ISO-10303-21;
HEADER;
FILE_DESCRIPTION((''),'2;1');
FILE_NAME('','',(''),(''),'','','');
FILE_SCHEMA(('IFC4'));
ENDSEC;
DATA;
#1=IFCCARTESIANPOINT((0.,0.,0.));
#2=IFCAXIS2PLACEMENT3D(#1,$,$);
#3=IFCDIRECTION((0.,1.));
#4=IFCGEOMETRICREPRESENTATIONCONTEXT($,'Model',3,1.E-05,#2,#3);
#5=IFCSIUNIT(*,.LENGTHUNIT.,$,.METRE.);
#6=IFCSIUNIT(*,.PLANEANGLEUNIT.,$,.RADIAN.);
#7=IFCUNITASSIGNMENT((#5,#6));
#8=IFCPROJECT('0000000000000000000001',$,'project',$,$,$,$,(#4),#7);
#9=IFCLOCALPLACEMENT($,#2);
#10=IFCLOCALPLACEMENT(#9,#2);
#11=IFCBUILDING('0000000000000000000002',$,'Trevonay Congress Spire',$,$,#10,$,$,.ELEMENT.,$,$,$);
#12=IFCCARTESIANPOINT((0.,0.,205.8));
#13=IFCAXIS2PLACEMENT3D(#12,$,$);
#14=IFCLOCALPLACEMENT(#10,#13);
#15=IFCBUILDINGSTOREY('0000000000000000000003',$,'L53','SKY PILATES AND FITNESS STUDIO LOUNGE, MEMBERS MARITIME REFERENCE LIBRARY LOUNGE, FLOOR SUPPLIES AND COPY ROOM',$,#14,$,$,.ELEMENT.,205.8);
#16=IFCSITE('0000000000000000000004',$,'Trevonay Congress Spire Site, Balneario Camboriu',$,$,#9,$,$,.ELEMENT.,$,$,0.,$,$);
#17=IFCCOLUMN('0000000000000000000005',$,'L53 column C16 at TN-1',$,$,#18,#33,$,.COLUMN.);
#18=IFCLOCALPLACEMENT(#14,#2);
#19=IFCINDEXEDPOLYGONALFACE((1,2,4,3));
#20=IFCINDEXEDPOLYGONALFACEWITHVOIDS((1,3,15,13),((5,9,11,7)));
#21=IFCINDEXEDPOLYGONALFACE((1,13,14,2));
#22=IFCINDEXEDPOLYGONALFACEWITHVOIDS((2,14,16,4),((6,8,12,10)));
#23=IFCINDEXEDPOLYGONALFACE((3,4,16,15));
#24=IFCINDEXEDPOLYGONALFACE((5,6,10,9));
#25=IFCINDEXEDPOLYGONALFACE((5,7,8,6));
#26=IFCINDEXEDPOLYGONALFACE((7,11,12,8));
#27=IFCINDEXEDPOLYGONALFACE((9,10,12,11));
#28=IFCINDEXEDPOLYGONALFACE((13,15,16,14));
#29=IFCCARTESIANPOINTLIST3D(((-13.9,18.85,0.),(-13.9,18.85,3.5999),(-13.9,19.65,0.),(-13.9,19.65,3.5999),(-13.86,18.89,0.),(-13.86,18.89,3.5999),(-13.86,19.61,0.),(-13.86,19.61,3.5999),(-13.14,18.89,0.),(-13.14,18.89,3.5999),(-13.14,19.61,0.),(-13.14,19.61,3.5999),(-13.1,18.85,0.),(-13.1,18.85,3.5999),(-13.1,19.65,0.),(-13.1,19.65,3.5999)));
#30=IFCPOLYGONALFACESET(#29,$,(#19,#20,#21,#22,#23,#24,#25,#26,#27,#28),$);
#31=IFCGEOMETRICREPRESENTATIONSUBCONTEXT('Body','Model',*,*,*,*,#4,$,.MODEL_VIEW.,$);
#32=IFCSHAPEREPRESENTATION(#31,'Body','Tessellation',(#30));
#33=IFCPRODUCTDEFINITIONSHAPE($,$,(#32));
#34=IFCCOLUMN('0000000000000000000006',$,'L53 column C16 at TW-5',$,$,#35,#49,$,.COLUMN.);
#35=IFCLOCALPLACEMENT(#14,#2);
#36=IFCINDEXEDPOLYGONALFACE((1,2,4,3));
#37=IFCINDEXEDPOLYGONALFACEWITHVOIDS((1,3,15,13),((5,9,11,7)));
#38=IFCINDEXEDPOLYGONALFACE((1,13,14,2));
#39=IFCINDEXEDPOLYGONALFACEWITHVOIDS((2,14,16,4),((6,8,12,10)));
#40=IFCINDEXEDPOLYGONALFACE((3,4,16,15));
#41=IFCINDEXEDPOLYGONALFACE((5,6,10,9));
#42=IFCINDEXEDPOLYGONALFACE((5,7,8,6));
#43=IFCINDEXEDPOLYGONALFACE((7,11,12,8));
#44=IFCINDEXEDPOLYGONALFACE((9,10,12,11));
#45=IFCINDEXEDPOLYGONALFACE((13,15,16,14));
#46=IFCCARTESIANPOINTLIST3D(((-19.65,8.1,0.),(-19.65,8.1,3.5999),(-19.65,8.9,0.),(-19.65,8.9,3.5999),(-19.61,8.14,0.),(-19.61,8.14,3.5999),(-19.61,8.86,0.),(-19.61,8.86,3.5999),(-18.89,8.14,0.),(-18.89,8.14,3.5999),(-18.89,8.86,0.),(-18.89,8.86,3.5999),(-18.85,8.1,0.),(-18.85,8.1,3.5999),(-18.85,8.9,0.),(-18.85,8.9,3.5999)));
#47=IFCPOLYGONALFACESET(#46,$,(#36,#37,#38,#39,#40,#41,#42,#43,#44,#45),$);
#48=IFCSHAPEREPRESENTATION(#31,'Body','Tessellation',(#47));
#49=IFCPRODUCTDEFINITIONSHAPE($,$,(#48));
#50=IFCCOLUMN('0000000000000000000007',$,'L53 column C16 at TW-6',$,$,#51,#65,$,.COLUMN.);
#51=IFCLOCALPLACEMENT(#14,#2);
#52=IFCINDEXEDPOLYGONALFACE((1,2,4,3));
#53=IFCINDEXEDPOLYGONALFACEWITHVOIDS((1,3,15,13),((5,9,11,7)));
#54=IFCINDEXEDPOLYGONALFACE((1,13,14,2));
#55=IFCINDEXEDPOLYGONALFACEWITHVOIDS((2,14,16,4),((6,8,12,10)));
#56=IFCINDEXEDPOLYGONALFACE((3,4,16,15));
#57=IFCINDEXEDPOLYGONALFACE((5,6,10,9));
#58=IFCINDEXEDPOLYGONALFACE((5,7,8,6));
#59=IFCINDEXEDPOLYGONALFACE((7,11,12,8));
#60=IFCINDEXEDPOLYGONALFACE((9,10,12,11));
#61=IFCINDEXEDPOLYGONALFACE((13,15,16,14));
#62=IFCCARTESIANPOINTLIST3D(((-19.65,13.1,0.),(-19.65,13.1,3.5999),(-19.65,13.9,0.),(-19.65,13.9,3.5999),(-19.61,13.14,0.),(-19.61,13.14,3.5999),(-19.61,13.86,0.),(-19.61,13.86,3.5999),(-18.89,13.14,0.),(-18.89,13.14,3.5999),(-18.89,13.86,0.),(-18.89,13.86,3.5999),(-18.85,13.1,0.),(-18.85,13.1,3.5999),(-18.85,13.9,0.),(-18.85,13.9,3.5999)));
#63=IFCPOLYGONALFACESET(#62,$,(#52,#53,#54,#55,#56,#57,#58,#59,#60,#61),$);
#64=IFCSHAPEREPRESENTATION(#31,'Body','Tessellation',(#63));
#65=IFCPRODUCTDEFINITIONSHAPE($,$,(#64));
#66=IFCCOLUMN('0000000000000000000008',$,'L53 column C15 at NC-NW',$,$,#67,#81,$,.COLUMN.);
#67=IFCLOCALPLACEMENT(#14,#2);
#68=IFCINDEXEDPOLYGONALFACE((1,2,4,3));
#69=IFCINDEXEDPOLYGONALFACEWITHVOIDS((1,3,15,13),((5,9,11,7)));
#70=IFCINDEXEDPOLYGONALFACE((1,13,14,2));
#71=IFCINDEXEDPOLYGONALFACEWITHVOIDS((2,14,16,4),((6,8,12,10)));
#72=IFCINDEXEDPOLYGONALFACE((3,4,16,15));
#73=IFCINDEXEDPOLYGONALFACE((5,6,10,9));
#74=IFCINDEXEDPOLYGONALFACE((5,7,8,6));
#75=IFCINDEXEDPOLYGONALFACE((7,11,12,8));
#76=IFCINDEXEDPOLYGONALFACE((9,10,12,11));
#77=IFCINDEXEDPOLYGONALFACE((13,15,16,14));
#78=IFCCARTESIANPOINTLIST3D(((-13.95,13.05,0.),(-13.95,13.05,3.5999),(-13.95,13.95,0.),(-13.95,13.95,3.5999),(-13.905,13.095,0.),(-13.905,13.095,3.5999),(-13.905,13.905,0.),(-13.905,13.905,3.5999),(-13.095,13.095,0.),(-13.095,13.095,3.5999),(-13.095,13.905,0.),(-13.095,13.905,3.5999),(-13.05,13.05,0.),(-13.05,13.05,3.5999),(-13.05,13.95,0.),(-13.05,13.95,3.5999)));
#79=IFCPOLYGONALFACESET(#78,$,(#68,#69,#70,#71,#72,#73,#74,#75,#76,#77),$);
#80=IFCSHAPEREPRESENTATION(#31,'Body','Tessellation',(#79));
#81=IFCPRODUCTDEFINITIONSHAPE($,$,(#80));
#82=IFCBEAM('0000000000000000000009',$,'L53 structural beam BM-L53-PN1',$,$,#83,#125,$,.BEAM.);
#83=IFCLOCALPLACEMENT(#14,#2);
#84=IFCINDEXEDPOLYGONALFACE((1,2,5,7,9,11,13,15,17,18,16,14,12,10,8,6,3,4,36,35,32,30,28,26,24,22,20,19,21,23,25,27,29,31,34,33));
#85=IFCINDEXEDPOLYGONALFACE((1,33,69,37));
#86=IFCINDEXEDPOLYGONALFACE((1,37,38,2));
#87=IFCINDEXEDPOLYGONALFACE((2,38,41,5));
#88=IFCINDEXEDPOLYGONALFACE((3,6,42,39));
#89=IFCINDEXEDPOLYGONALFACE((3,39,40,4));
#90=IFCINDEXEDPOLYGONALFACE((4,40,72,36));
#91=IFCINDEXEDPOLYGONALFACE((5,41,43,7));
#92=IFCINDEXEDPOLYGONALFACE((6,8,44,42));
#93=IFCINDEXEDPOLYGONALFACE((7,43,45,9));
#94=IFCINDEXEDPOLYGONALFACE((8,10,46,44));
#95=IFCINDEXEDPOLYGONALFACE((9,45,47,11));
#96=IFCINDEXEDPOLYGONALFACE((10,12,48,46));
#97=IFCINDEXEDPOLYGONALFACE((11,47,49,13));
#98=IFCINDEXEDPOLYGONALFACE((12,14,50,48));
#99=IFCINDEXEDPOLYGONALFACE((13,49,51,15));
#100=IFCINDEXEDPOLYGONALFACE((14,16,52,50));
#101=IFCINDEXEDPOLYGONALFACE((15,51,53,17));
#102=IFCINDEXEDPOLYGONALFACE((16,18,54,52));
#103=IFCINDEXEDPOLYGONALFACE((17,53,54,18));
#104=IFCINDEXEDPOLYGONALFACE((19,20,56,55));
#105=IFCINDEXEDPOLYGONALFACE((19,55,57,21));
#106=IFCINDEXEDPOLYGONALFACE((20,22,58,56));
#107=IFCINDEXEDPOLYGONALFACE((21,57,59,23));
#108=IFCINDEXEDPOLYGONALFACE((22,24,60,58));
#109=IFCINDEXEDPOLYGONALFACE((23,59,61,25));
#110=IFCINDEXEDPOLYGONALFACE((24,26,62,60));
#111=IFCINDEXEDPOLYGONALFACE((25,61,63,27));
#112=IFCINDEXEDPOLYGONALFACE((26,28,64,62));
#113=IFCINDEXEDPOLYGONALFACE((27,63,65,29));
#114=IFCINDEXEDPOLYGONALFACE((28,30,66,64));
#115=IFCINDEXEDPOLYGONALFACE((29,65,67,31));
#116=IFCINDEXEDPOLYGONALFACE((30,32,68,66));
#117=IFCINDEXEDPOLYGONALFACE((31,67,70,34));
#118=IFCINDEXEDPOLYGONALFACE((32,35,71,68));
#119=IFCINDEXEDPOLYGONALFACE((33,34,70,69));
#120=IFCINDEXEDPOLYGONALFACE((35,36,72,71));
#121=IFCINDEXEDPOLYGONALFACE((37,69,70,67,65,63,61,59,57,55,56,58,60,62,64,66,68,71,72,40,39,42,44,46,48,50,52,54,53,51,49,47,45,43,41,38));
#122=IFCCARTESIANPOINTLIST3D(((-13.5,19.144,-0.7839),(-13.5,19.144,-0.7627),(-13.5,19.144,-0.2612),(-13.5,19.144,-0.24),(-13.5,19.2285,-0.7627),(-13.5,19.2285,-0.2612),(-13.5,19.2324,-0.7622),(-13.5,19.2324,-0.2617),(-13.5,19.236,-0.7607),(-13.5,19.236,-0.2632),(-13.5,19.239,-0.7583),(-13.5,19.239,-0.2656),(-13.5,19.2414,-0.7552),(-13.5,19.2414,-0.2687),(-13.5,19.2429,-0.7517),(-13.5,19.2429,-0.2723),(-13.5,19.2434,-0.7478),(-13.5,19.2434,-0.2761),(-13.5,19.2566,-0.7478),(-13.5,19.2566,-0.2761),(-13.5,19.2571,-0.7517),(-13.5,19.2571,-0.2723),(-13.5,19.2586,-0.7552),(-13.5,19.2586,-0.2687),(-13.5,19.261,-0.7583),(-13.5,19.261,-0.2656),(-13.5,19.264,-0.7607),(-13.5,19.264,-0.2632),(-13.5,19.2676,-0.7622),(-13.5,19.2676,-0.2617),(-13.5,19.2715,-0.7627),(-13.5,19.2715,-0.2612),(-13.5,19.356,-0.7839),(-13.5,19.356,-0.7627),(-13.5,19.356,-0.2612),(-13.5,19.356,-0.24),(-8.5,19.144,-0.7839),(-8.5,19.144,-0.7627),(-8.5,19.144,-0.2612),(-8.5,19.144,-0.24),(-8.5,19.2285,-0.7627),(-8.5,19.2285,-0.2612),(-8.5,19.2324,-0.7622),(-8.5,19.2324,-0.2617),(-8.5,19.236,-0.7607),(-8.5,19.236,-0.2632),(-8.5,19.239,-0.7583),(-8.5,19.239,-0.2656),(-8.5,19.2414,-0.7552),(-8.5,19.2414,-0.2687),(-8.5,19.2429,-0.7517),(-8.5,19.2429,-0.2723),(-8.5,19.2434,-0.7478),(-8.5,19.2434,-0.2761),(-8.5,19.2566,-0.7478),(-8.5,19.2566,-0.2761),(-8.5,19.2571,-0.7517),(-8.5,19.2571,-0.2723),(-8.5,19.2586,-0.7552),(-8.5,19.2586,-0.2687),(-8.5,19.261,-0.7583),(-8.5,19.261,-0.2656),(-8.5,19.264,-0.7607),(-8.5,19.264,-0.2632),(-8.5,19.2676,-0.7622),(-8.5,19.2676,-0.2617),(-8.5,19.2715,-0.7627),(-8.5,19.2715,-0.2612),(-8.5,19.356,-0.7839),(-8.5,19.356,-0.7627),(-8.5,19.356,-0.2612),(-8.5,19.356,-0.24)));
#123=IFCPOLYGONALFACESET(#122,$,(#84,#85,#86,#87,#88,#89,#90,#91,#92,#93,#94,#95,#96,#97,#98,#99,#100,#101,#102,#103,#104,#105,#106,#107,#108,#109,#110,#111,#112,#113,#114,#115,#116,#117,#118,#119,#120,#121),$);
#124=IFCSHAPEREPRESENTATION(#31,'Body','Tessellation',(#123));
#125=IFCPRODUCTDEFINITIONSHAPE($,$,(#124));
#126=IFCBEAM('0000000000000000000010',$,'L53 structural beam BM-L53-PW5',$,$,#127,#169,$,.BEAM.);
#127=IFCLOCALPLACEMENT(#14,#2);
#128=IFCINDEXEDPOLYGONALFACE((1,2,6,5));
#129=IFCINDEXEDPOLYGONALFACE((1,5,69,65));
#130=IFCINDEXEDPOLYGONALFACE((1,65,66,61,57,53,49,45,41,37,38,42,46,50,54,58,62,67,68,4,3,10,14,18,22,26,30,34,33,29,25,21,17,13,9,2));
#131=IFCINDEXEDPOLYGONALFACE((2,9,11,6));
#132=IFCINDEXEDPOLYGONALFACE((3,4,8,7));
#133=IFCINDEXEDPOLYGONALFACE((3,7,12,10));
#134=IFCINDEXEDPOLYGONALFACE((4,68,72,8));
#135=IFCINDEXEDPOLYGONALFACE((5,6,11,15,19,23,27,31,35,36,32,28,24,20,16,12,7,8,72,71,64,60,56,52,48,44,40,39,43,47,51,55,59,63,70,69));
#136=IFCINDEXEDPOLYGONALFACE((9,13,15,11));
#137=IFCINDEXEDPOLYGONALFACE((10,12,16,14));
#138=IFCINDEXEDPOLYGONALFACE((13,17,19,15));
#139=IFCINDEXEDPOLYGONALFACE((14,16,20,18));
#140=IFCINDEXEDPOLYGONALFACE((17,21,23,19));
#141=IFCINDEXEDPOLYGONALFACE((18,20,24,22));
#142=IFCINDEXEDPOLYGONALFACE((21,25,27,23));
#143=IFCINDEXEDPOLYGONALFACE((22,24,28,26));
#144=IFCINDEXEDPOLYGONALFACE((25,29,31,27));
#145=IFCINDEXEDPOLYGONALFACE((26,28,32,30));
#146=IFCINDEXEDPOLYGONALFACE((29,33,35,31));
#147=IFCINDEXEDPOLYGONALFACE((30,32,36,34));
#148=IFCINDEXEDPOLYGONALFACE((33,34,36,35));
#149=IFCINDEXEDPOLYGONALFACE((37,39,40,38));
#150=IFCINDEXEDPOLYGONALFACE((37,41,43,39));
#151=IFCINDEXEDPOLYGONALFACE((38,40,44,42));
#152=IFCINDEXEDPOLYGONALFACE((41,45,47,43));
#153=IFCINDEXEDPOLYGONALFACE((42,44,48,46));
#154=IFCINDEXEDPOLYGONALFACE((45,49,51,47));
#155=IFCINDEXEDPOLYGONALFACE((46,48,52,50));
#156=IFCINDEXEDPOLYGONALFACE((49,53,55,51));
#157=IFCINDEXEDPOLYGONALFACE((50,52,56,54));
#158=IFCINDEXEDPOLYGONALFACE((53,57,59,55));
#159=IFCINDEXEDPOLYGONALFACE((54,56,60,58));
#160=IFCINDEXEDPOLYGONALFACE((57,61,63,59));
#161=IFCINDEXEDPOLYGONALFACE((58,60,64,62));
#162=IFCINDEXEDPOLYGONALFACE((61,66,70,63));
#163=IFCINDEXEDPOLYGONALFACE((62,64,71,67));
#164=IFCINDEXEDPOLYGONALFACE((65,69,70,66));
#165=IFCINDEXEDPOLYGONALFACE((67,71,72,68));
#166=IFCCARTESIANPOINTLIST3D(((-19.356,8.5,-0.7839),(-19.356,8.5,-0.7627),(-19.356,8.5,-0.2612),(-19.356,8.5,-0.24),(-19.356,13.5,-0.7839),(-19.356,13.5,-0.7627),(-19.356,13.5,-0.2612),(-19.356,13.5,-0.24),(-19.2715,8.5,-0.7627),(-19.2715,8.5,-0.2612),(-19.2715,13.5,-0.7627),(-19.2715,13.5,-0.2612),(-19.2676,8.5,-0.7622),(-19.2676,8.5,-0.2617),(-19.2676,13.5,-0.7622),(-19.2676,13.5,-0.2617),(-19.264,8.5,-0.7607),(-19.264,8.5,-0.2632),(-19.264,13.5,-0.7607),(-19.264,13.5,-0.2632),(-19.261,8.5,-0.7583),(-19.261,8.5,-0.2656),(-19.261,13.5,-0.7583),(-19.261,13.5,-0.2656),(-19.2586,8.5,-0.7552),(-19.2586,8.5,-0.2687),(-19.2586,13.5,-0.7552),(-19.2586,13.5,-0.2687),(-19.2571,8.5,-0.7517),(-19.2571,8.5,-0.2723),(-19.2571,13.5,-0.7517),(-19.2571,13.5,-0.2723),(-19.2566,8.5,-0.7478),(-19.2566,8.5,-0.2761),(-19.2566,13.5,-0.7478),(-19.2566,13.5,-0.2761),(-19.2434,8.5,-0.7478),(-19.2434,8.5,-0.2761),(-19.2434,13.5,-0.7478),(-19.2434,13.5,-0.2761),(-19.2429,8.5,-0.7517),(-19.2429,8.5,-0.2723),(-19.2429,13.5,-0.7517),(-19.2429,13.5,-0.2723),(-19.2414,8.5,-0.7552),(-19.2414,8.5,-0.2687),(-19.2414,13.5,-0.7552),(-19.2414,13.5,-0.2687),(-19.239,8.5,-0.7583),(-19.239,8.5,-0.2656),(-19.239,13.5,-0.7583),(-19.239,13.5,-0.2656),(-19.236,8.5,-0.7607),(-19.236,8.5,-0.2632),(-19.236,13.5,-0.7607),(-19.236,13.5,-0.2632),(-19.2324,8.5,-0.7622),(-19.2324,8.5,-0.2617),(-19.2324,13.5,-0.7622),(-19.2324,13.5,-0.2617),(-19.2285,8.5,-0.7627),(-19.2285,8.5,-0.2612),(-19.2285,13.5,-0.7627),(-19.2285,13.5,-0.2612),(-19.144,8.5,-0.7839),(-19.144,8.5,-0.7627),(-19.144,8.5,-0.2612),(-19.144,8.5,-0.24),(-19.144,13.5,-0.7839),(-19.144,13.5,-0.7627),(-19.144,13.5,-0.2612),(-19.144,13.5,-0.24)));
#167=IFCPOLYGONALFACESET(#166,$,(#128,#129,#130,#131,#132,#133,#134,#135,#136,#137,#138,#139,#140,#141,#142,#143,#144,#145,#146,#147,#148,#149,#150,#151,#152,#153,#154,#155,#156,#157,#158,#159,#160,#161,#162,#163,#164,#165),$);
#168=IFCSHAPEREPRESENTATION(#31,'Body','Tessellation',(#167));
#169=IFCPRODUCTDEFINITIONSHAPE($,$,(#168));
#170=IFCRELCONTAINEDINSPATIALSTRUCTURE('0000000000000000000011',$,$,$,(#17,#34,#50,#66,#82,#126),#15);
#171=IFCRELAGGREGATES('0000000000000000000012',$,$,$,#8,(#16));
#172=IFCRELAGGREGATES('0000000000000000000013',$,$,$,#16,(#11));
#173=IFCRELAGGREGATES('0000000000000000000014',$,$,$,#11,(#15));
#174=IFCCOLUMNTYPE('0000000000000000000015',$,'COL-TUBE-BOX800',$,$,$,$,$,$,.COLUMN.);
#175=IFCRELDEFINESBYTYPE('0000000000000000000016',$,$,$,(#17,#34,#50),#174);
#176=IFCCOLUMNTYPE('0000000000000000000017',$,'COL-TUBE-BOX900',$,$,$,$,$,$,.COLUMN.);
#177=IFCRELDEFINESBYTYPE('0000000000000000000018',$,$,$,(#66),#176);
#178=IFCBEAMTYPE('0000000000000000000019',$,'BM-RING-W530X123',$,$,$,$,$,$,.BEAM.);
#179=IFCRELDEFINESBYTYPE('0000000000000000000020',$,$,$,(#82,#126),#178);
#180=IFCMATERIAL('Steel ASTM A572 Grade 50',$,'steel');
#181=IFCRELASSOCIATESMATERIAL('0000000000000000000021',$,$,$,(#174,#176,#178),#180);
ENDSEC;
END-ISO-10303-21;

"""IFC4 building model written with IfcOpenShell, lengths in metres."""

from ifc_helpers import new_model, si_unit, direction, frame, origin, origin_2d, place, context, subcontext, project, spatial, hollow_rectangle, i_section, extrude, material, material_profile, profile_set, type_object, element, save


model = new_model("IFC4")

# Units and contexts
model_context = context("Model", 3, precision=1e-05, world=origin(), true_north=direction((0.0, 1.0)))
body_context = subcontext(model_context, "Body", "Model", "MODEL_VIEW")
ifc_project = project(units=[si_unit("LENGTHUNIT", "METRE"), si_unit("PLANEANGLEUNIT", "RADIAN")], contexts=[model_context])

# Site, building, storey
site_placement = place(None, origin())
site = spatial("IfcSite", under=ifc_project, at=site_placement, Name="Trevonay Congress Spire Site, Balneario Camboriu", CompositionType="ELEMENT", RefElevation=0.0)
building_placement = place(site_placement, origin())
building = spatial("IfcBuilding", under=site, at=building_placement, Name="Trevonay Congress Spire", CompositionType="ELEMENT")
storey_placement = place(building_placement, frame((0.0, 0.0, 205.8)))
storey = spatial("IfcBuildingStorey", under=building, at=storey_placement, Name="L53", Description="SKY PILATES AND FITNESS STUDIO LOUNGE, MEMBERS MARITIME REFERENCE LIBRARY LOUNGE, FLOOR SUPPLIES AND COPY ROOM", CompositionType="ELEMENT", Elevation=205.8)

# Columns
ifc_material_1 = material(Name="Steel ASTM A572 Grade 50", Category="steel")
ifc_material_profile_1 = material_profile(ifc_material_1, hollow_rectangle(XDim=0.8, YDim=0.8, WallThickness=0.04, at=origin_2d()), Name="BOX 800x800x40")
ifc_profile_set_1 = profile_set([ifc_material_profile_1], Name="Steel ASTM A572 Grade 50")
column_type_1 = type_object("IfcColumnType", Name="COL-TUBE-BOX800", PredefinedType="COLUMN", material=ifc_profile_set_1)
for number, where, z_axis, x_axis, name in (
    (1, (-13.5, 19.25, 0.0), (0.0, 0.0, 1.0), (1.0, 0.0, 0.0), "L53 column C16 at TN-1"),
    (2, (-19.25, 8.5, 0.0), (0.0, 0.0, 1.0), (1.0, 0.0, 0.0), "L53 column C16 at TW-5"),
    (3, (-19.25, 13.5, 0.0), (0.0, 0.0, 1.0), (1.0, 0.0, 0.0), "L53 column C16 at TW-6"),
):
    element("IfcColumn", number, at=place(storey_placement, frame(where, z_axis=z_axis, x_axis=x_axis)), inside=storey, type_object=column_type_1, Name=name, PredefinedType="COLUMN", context=body_context, shape_type="SweptSolid", body=[
        extrude(hollow_rectangle(XDim=0.8, YDim=0.8, WallThickness=0.04, at=origin_2d()), origin(), (0.0, 0.0, 1.0), 3.5999),
    ])
ifc_material_profile_2 = material_profile(ifc_material_1, hollow_rectangle(XDim=0.8999, YDim=0.8999, WallThickness=0.0449, at=origin_2d()), Name="BOX 900x900x45")
ifc_profile_set_2 = profile_set([ifc_material_profile_2], Name="Steel ASTM A572 Grade 50")
column_type_2 = type_object("IfcColumnType", Name="COL-TUBE-BOX900", PredefinedType="COLUMN", material=ifc_profile_set_2)
column_placement = place(storey_placement, frame((-13.5, 13.5, 0.0), z_axis=(0.0, 0.0, 1.0), x_axis=(1.0, 0.0, 0.0)))
element("IfcColumn", 4, at=column_placement, inside=storey, type_object=column_type_2, Name="L53 column C15 at NC-NW", PredefinedType="COLUMN", context=body_context, shape_type="SweptSolid", body=[
    extrude(hollow_rectangle(XDim=0.8999, YDim=0.8999, WallThickness=0.0449, at=origin_2d()), origin(), (0.0, 0.0, 1.0), 3.5999),
])

# Beams
ifc_material_profile_3 = material_profile(ifc_material_1, i_section(OverallWidth=0.2119, OverallDepth=0.5439, WebThickness=0.0132, FlangeThickness=0.0212, FilletRadius=0.0149, at=origin_2d()), Name="W530x123")
ifc_profile_set_3 = profile_set([ifc_material_profile_3], Name="Steel ASTM A572 Grade 50")
beam_type = type_object("IfcBeamType", Name="BM-RING-W530X123", PredefinedType="BEAM", material=ifc_profile_set_3)
for number, where, z_axis, x_axis, name in (
    (5, (-13.5, 19.25, -0.512), (1.0, 0.0, 0.0), (0.0, 1.0, 0.0), "L53 structural beam BM-L53-PN1"),
    (6, (-19.25, 8.5, -0.512), (0.0, 1.0, 0.0), (-1.0, 0.0, 0.0), "L53 structural beam BM-L53-PW5"),
):
    element("IfcBeam", number, at=place(storey_placement, frame(where, z_axis=z_axis, x_axis=x_axis)), inside=storey, type_object=beam_type, Name=name, PredefinedType="BEAM", context=body_context, shape_type="SweptSolid", body=[
        extrude(i_section(OverallWidth=0.2119, OverallDepth=0.5439, WebThickness=0.0132, FlangeThickness=0.0212, FilletRadius=0.0149, at=origin_2d()), origin(), (0.0, 0.0, 1.0), 5.0),
    ])

save(model, "model.ifc")
